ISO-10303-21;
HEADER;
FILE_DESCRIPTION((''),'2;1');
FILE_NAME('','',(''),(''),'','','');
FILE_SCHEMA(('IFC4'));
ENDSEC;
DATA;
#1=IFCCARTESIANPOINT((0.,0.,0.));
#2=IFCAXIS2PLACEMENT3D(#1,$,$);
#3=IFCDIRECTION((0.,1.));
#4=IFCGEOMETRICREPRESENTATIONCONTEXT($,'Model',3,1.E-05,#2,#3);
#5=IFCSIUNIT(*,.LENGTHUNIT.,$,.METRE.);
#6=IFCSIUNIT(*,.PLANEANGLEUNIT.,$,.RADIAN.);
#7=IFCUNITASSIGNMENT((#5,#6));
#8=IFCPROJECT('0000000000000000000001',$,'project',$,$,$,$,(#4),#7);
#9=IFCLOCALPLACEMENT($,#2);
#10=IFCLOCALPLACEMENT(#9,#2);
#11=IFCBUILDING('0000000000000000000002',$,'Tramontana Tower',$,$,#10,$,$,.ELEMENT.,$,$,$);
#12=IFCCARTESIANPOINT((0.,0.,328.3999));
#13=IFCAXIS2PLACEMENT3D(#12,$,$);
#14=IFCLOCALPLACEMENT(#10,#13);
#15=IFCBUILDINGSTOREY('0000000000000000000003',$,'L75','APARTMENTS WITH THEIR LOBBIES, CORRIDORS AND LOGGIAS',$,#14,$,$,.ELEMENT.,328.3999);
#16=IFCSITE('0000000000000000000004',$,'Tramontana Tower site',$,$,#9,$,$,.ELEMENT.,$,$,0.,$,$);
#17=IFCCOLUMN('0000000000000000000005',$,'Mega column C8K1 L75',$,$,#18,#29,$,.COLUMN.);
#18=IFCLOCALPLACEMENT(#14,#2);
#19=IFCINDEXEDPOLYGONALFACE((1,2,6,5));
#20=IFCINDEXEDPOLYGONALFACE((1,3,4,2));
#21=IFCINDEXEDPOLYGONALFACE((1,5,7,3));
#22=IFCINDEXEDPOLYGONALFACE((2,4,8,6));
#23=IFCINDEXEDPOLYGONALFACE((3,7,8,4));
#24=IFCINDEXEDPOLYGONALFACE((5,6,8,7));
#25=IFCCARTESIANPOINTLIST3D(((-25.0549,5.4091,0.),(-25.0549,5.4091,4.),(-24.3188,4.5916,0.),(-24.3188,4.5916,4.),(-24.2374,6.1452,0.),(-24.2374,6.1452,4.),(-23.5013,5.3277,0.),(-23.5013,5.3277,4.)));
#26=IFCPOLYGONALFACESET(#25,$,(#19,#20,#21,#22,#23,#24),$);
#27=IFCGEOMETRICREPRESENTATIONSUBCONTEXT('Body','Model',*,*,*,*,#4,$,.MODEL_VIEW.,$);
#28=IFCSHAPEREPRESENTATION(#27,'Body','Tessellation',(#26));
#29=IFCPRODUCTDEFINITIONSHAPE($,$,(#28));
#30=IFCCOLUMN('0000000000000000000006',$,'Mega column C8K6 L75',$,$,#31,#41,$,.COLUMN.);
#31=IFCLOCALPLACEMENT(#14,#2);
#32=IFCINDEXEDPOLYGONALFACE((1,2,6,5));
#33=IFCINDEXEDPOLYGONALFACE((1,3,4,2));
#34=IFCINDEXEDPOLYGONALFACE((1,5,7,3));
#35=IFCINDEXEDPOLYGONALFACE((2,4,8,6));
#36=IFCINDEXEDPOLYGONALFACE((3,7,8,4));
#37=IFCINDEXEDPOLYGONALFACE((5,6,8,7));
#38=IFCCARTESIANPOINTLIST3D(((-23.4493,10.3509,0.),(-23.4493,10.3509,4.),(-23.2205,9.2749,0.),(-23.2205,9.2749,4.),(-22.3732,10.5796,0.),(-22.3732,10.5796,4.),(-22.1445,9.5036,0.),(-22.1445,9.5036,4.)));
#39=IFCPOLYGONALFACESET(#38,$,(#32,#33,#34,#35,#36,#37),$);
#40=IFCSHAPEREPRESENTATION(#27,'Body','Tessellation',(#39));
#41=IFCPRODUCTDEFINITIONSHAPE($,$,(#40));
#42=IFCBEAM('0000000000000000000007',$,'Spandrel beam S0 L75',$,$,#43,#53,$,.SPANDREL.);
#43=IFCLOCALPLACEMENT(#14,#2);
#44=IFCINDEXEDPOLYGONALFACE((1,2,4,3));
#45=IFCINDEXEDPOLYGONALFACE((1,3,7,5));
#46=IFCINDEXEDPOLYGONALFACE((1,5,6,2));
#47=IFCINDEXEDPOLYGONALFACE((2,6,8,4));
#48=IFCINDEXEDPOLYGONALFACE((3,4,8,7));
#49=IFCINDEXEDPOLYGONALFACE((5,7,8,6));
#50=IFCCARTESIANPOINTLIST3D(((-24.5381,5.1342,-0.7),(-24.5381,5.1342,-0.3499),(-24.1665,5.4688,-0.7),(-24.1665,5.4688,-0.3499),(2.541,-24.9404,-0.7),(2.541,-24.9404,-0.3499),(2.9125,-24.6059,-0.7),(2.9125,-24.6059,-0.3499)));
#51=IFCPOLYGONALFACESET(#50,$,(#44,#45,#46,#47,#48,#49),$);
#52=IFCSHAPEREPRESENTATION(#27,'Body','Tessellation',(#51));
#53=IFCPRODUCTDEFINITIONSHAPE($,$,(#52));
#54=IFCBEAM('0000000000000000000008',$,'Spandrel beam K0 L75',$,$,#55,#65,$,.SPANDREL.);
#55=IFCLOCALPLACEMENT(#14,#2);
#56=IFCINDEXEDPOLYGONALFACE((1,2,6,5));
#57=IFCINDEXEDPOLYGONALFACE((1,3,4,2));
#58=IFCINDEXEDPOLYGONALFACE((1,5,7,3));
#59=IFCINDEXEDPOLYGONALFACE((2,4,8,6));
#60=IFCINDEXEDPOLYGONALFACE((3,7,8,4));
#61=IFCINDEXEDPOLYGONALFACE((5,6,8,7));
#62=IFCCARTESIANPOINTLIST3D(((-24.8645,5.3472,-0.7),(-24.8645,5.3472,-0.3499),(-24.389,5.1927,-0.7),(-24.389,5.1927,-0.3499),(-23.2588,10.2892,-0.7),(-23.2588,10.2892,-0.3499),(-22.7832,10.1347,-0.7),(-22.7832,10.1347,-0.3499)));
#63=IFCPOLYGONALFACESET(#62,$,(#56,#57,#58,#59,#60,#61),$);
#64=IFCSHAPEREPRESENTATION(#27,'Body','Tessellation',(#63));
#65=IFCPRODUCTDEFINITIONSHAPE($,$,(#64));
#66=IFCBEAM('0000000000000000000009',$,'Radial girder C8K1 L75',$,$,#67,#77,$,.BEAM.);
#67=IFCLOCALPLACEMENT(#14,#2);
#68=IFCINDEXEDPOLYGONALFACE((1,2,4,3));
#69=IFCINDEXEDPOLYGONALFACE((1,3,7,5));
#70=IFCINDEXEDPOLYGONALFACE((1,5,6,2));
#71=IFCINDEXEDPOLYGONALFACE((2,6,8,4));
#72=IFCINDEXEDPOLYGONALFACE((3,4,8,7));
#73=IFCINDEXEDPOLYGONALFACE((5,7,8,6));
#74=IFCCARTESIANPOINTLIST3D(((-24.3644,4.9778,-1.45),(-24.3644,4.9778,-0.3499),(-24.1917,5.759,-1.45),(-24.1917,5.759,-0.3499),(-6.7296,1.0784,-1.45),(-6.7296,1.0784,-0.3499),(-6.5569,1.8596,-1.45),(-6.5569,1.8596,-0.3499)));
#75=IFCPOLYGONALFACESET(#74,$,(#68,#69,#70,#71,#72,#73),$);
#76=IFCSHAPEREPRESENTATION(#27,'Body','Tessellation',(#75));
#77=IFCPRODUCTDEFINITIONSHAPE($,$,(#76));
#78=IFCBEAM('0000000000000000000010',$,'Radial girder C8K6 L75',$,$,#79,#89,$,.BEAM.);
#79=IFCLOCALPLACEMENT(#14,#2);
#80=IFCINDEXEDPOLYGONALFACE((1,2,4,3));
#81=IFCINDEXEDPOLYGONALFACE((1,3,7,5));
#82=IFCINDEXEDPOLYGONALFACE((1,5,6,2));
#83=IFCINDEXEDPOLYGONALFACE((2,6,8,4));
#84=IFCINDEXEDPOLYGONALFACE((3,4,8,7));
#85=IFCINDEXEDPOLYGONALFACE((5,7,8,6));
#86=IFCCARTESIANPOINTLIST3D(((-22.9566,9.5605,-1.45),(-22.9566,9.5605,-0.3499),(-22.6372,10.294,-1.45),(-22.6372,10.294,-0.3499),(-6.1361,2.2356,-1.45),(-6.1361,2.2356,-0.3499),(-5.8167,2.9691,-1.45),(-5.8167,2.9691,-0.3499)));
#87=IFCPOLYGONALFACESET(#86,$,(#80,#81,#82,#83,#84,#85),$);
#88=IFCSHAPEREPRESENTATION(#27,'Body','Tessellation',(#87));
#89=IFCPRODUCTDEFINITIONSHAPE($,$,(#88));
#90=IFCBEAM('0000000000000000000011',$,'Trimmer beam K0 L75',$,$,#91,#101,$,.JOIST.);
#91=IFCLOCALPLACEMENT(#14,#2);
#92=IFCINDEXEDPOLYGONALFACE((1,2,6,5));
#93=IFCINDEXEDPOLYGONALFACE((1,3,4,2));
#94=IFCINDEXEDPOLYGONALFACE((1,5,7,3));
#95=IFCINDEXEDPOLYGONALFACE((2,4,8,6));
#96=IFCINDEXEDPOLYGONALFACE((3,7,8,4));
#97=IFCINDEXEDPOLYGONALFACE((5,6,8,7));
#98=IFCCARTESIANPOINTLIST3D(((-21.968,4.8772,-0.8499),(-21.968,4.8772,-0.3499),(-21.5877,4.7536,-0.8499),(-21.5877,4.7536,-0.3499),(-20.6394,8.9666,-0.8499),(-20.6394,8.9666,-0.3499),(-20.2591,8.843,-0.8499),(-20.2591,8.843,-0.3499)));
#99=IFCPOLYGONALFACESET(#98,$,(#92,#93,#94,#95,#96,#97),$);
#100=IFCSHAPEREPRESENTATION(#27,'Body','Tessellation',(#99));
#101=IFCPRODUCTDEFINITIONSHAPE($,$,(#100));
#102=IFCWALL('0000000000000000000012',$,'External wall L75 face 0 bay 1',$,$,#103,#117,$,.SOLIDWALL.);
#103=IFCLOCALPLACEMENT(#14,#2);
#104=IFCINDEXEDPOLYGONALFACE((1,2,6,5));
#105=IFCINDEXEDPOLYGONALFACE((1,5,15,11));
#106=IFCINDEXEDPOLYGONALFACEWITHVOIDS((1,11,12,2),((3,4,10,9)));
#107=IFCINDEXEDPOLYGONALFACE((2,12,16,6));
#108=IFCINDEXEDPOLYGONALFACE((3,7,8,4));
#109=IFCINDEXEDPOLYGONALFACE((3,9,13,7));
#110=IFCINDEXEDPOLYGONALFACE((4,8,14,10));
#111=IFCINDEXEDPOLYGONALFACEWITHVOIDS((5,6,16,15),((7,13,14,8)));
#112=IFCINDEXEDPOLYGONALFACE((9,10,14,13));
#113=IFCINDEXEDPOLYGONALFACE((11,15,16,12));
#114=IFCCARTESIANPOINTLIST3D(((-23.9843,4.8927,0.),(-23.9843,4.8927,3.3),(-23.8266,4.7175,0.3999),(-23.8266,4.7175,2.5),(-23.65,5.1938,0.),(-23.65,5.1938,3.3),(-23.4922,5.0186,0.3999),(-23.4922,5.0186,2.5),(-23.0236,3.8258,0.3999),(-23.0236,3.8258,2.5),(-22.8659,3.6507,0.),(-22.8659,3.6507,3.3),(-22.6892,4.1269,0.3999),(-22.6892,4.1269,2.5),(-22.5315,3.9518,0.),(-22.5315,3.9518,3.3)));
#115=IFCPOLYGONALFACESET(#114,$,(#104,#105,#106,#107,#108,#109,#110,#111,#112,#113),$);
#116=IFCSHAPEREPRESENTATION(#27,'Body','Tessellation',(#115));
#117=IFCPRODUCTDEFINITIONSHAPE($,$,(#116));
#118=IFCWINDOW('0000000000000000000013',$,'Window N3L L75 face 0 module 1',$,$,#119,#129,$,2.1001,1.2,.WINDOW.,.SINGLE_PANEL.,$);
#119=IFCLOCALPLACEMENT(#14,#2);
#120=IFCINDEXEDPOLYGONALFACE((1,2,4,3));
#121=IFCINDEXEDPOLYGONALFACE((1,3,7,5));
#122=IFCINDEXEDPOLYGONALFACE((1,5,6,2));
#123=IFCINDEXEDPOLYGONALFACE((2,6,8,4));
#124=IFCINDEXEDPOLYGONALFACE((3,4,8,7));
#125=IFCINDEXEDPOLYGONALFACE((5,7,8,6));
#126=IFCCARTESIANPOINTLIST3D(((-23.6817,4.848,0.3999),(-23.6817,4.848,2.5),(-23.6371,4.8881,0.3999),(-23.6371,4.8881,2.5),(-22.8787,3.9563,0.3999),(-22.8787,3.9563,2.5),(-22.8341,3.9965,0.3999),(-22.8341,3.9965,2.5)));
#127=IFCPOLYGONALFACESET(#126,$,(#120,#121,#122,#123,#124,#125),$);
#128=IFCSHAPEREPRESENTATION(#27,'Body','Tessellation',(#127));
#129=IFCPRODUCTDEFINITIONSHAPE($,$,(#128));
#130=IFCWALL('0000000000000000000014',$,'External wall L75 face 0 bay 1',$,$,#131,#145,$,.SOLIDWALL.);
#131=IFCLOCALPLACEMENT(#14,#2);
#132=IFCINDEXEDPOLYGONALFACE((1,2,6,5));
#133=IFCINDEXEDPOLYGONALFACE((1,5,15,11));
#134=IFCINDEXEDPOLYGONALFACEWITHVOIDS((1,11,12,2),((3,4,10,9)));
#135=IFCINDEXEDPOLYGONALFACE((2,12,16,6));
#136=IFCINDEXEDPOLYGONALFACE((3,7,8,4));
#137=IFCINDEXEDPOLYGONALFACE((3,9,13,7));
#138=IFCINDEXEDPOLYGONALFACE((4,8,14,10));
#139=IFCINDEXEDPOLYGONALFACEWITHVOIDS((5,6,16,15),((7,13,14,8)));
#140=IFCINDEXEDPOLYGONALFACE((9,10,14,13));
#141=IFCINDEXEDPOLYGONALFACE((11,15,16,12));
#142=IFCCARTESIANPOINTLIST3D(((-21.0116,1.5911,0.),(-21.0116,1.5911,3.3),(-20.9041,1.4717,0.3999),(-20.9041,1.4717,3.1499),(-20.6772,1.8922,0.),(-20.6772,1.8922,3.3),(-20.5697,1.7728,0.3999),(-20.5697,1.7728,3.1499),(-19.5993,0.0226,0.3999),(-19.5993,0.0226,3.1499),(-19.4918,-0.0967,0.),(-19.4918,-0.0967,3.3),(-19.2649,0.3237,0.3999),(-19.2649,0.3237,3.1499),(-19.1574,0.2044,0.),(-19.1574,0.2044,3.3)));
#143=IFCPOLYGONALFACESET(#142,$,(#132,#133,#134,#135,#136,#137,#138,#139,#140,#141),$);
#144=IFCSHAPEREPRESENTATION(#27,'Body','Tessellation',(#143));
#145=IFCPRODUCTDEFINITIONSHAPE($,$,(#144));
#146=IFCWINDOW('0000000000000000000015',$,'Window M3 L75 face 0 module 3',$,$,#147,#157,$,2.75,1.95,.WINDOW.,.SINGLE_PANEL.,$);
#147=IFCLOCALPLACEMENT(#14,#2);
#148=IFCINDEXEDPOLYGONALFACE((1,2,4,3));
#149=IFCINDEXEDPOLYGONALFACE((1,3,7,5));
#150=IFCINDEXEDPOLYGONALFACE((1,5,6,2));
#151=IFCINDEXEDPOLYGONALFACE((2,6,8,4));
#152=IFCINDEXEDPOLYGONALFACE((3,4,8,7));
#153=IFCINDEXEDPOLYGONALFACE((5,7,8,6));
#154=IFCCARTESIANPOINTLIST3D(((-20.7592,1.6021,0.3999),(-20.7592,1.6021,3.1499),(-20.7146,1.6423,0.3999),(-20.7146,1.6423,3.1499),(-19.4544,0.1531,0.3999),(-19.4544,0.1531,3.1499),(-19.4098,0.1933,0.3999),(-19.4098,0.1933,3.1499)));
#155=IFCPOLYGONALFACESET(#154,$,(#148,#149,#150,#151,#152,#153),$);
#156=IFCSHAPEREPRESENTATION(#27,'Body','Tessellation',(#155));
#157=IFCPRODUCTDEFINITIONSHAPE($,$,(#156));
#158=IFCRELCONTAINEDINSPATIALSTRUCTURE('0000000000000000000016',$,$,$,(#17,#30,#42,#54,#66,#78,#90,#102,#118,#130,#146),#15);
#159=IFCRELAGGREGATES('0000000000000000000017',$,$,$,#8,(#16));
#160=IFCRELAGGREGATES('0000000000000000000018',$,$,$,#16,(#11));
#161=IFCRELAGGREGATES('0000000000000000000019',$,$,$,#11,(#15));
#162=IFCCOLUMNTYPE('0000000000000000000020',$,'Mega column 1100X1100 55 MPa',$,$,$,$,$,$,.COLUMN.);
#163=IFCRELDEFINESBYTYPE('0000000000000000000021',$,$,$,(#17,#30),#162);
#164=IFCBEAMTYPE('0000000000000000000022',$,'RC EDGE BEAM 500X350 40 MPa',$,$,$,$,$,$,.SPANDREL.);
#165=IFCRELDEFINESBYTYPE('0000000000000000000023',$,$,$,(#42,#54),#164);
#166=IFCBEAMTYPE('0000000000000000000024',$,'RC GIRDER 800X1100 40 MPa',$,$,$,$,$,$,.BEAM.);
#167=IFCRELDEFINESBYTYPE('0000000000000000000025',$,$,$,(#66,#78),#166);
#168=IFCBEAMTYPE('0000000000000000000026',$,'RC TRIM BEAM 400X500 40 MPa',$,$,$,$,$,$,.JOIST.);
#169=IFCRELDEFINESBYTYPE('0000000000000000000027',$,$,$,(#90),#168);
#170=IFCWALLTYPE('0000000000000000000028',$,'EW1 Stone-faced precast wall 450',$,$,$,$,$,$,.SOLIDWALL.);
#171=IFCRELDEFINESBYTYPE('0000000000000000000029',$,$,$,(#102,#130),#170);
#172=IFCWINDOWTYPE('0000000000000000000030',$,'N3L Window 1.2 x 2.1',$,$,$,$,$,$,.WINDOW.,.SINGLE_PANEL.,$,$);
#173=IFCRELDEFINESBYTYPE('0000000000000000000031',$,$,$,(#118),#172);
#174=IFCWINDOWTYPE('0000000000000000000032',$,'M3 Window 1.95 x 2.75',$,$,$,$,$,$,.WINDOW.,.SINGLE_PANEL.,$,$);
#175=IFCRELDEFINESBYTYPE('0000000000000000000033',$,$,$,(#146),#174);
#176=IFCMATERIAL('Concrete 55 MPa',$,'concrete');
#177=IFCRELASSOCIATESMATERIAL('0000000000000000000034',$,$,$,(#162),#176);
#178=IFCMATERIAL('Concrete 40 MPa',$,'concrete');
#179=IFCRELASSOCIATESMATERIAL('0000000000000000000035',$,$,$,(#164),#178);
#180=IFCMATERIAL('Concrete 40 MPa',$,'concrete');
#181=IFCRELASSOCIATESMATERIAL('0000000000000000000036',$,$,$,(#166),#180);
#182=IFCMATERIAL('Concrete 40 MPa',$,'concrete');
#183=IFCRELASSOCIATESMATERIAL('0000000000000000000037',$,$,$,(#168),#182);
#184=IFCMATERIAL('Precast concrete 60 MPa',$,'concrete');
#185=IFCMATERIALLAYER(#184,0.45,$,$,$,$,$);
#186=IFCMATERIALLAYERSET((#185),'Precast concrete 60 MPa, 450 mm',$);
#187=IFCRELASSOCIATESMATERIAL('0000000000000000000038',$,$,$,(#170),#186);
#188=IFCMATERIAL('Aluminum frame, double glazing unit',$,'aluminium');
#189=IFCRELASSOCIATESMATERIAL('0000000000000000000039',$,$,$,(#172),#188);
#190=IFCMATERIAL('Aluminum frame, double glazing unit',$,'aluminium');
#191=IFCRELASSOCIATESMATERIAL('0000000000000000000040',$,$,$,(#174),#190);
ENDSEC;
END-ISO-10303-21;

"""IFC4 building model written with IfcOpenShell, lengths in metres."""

from ifc_helpers import new_model, si_unit, direction, frame, frame_2d, origin, origin_2d, place, context, subcontext, project, spatial, rectangle, extrude, material, layer, layer_set, material_profile, profile_set, type_object, element, fill, save


model = new_model("IFC4")

# Units and contexts
model_context = context("Model", 3, precision=1e-05, world=origin(), true_north=direction((0.0, 1.0)))
body_context = subcontext(model_context, "Body", "Model", "MODEL_VIEW")
ifc_project = project(units=[si_unit("LENGTHUNIT", "METRE"), si_unit("PLANEANGLEUNIT", "RADIAN")], contexts=[model_context])

# Site, building, storey
site_placement = place(None, origin())
site = spatial("IfcSite", under=ifc_project, at=site_placement, Name="Tramontana Tower site", CompositionType="ELEMENT", RefElevation=0.0)
building_placement = place(site_placement, origin())
building = spatial("IfcBuilding", under=site, at=building_placement, Name="Tramontana Tower", CompositionType="ELEMENT")
storey_placement = place(building_placement, frame((0.0, 0.0, 328.3999)))
storey = spatial("IfcBuildingStorey", under=building, at=storey_placement, Name="L75", Description="APARTMENTS WITH THEIR LOBBIES, CORRIDORS AND LOGGIAS", CompositionType="ELEMENT", Elevation=328.3999)

# Columns
ifc_material_1 = material(Name="Concrete 55 MPa", Category="concrete")
ifc_material_profile_1 = material_profile(ifc_material_1, rectangle(XDim=1.1001, YDim=1.1001, at=origin_2d()), Name="Mega column 1100X1100 55 MPa")
ifc_profile_set_1 = profile_set([ifc_material_profile_1], Name="Concrete 55 MPa")
column_type = type_object("IfcColumnType", Name="Mega column 1100X1100 55 MPa", PredefinedType="COLUMN", material=ifc_profile_set_1)
for number, where, z_axis, x_axis, name in (
    (1, (-24.2781, 5.3684, 0.0), (0.0, 0.0, 1.0), (0.669131, -0.743145, 0.0), "Mega column C8K1 L75"),
    (2, (-22.7969, 9.9272, 0.0), (0.0, 0.0, 1.0), (-0.978148, -0.207912, 0.0), "Mega column C8K6 L75"),
):
    element("IfcColumn", number, at=place(storey_placement, frame(where, z_axis=z_axis, x_axis=x_axis)), inside=storey, type_object=column_type, Name=name, PredefinedType="COLUMN", context=body_context, shape_type="SweptSolid", body=[
        extrude(rectangle(XDim=1.1001, YDim=1.1001, at=origin_2d()), origin(), (0.0, 0.0, 1.0), 4.0),
    ])

# Beams
ifc_material_2 = material(Name="Concrete 40 MPa", Category="concrete")
ifc_material_profile_2 = material_profile(ifc_material_2, rectangle(XDim=0.5, YDim=0.3501, at=origin_2d()), Name="RC EDGE BEAM 500X350 40 MPa")
ifc_profile_set_2 = profile_set([ifc_material_profile_2], Name="Concrete 40 MPa")
beam_type_1 = type_object("IfcBeamType", Name="RC EDGE BEAM 500X350 40 MPa", PredefinedType="SPANDREL", material=ifc_profile_set_2)
beam_1_placement = place(storey_placement, frame((-24.3523, 5.3015, -0.5249), z_axis=(0.669127, -0.743148, 0.0), x_axis=(0.743148, 0.669127, 0.0)))
element("IfcBeam", 3, at=beam_1_placement, inside=storey, type_object=beam_type_1, Name="Spandrel beam S0 L75", PredefinedType="SPANDREL", context=body_context, shape_type="SweptSolid", body=[
    extrude(rectangle(XDim=0.5, YDim=0.3501, at=origin_2d()), origin(), (0.0, 0.0, 1.0), 40.4692),
])
beam_2_placement = place(storey_placement, frame((-23.021, 10.2119, -0.5249), z_axis=(-0.309016, -0.951057, 0.0), x_axis=(0.951057, -0.309016, 0.0)))
element("IfcBeam", 4, at=beam_2_placement, inside=storey, type_object=beam_type_1, Name="Spandrel beam K0 L75", PredefinedType="SPANDREL", context=body_context, shape_type="SweptSolid", body=[
    extrude(rectangle(XDim=0.5, YDim=0.3501, at=origin_2d()), origin(), (0.0, 0.0, 1.0), 5.1963),
])
ifc_material_3 = material(Name="Concrete 40 MPa", Category="concrete")
ifc_material_profile_3 = material_profile(ifc_material_3, rectangle(XDim=0.8, YDim=1.1001, at=origin_2d()), Name="RC GIRDER 800X1100 40 MPa")
ifc_profile_set_3 = profile_set([ifc_material_profile_3], Name="Concrete 40 MPa")
beam_type_2 = type_object("IfcBeamType", Name="RC GIRDER 800X1100 40 MPa", PredefinedType="BEAM", material=ifc_profile_set_3)
beam_3_placement = place(storey_placement, frame((-24.2781, 5.3684, -0.8999), z_axis=(0.976414, -0.215906, 0.0), x_axis=(0.215906, 0.976414, 0.0)))
element("IfcBeam", 5, at=beam_3_placement, inside=storey, type_object=beam_type_2, Name="Radial girder C8K1 L75", PredefinedType="BEAM", context=body_context, shape_type="SweptSolid", body=[
    extrude(rectangle(XDim=0.8, YDim=1.1001, at=origin_2d()), origin(), (0.0, 0.0, 1.0), 18.0608),
])
beam_4_placement = place(storey_placement, frame((-22.7969, 9.9272, -0.8999), z_axis=(0.916837, -0.399261, 0.0), x_axis=(0.399261, 0.916837, 0.0)))
element("IfcBeam", 6, at=beam_4_placement, inside=storey, type_object=beam_type_2, Name="Radial girder C8K6 L75", PredefinedType="BEAM", context=body_context, shape_type="SweptSolid", body=[
    extrude(rectangle(XDim=0.8, YDim=1.1001, at=origin_2d()), origin(), (0.0, 0.0, 1.0), 18.3462),
])
ifc_material_4 = material(Name="Concrete 40 MPa", Category="concrete")
ifc_material_profile_4 = material_profile(ifc_material_4, rectangle(XDim=0.3999, YDim=0.5, at=origin_2d()), Name="RC TRIM BEAM 400X500 40 MPa")
ifc_profile_set_4 = profile_set([ifc_material_profile_4], Name="Concrete 40 MPa")
beam_type_3 = type_object("IfcBeamType", Name="RC TRIM BEAM 400X500 40 MPa", PredefinedType="JOIST", material=ifc_profile_set_4)
beam_5_placement = place(storey_placement, frame((-20.4492, 8.9048, -0.5999), z_axis=(-0.308996, -0.951063, 0.0), x_axis=(0.951063, -0.308996, 0.0)))
element("IfcBeam", 7, at=beam_5_placement, inside=storey, type_object=beam_type_3, Name="Trimmer beam K0 L75", PredefinedType="JOIST", context=body_context, shape_type="SweptSolid", body=[
    extrude(rectangle(XDim=0.3999, YDim=0.5, at=origin_2d()), origin(), (0.0, 0.0, 1.0), 4.2998),
])

# Walls, openings, windows
ifc_material_5 = material(Name="Precast concrete 60 MPa", Category="concrete")
ifc_layer_1 = layer(ifc_material_5, 0.45)
ifc_layer_set_1 = layer_set([ifc_layer_1], Name="Precast concrete 60 MPa, 450 mm")
wall_type_1 = type_object("IfcWallType", Name="EW1 Stone-faced precast wall 450", PredefinedType="SOLIDWALL", material=ifc_layer_set_1)
wall_1_placement = place(storey_placement, frame((-23.8171, 5.0432, 0.0), z_axis=(0.0, 0.0, 1.0), x_axis=(0.669183, -0.743098, 0.0)))
wall_1 = element("IfcWall", 8, at=wall_1_placement, inside=storey, type_object=wall_type_1, Name="External wall L75 face 0 bay 1", PredefinedType="SOLIDWALL", context=body_context, shape_type="SweptSolid", body=[
    extrude(rectangle(XDim=1.6714, YDim=0.45, at=frame_2d((0.8357, 0.0))), origin(), (0.0, 0.0, 1.0), 3.3),
])
opening_1_placement = place(wall_1_placement, frame((0.2356, 0.0, 0.3999)))
opening_1 = element("IfcOpeningElement", 9, at=opening_1_placement, cuts=wall_1, PredefinedType="OPENING", context=body_context, shape_type="SweptSolid", body=[
    extrude(rectangle(XDim=1.2, YDim=2.1001, at=frame_2d((0.6001, 1.05))), frame((0.0, 0.2349, 0.0), z_axis=(0.0, -1.0, 0.0), x_axis=(1.0, 0.0, 0.0)), (0.0, 0.0, 1.0), 0.47),
])
ifc_material_6 = material(Name="Aluminum frame, double glazing unit", Category="aluminium")
window_type_1 = type_object("IfcWindowType", Name="N3L Window 1.2 x 2.1", PartitioningType="SINGLE_PANEL", PredefinedType="WINDOW", material=ifc_material_6)
window_1_placement = place(opening_1_placement, origin())
window_1 = element("IfcWindow", 10, at=window_1_placement, inside=storey, type_object=window_type_1, Name="Window N3L L75 face 0 module 1", OverallHeight=2.1001, OverallWidth=1.2, PartitioningType="SINGLE_PANEL", PredefinedType="WINDOW", context=body_context, shape_type="SweptSolid", body=[
    extrude(rectangle(XDim=1.2, YDim=2.1001, at=frame_2d((0.6001, 1.05))), frame((0.0, 0.03, 0.0), z_axis=(0.0, -1.0, 0.0), x_axis=(1.0, 0.0, 0.0)), (0.0, 0.0, 1.0), 0.0601),
])
fill(opening_1, window_1)
wall_2_placement = place(storey_placement, frame((-20.8445, 1.7417, 0.0), z_axis=(0.0, 0.0, 1.0), x_axis=(0.669161, -0.743118, 0.0)))
wall_2 = element("IfcWall", 11, at=wall_2_placement, inside=storey, type_object=wall_type_1, Name="External wall L75 face 0 bay 1", PredefinedType="SOLIDWALL", context=body_context, shape_type="SweptSolid", body=[
    extrude(rectangle(XDim=2.2712, YDim=0.45, at=frame_2d((1.1357, 0.0))), origin(), (0.0, 0.0, 1.0), 3.3),
])
opening_2_placement = place(wall_2_placement, frame((0.1606, 0.0, 0.3999)))
opening_2 = element("IfcOpeningElement", 12, at=opening_2_placement, cuts=wall_2, PredefinedType="OPENING", context=body_context, shape_type="SweptSolid", body=[
    extrude(rectangle(XDim=1.95, YDim=2.75, at=frame_2d((0.9751, 1.375))), frame((0.0, 0.2349, 0.0), z_axis=(0.0, -1.0, 0.0), x_axis=(1.0, 0.0, 0.0)), (0.0, 0.0, 1.0), 0.47),
])
ifc_material_7 = material(Name="Aluminum frame, double glazing unit", Category="aluminium")
window_type_2 = type_object("IfcWindowType", Name="M3 Window 1.95 x 2.75", PartitioningType="SINGLE_PANEL", PredefinedType="WINDOW", material=ifc_material_7)
window_2_placement = place(opening_2_placement, origin())
window_2 = element("IfcWindow", 13, at=window_2_placement, inside=storey, type_object=window_type_2, Name="Window M3 L75 face 0 module 3", OverallHeight=2.75, OverallWidth=1.95, PartitioningType="SINGLE_PANEL", PredefinedType="WINDOW", context=body_context, shape_type="SweptSolid", body=[
    extrude(rectangle(XDim=1.95, YDim=2.75, at=frame_2d((0.9751, 1.375))), frame((0.0, 0.03, 0.0), z_axis=(0.0, -1.0, 0.0), x_axis=(1.0, 0.0, 0.0)), (0.0, 0.0, 1.0), 0.0601),
])
fill(opening_2, window_2)

save(model, "model.ifc")
